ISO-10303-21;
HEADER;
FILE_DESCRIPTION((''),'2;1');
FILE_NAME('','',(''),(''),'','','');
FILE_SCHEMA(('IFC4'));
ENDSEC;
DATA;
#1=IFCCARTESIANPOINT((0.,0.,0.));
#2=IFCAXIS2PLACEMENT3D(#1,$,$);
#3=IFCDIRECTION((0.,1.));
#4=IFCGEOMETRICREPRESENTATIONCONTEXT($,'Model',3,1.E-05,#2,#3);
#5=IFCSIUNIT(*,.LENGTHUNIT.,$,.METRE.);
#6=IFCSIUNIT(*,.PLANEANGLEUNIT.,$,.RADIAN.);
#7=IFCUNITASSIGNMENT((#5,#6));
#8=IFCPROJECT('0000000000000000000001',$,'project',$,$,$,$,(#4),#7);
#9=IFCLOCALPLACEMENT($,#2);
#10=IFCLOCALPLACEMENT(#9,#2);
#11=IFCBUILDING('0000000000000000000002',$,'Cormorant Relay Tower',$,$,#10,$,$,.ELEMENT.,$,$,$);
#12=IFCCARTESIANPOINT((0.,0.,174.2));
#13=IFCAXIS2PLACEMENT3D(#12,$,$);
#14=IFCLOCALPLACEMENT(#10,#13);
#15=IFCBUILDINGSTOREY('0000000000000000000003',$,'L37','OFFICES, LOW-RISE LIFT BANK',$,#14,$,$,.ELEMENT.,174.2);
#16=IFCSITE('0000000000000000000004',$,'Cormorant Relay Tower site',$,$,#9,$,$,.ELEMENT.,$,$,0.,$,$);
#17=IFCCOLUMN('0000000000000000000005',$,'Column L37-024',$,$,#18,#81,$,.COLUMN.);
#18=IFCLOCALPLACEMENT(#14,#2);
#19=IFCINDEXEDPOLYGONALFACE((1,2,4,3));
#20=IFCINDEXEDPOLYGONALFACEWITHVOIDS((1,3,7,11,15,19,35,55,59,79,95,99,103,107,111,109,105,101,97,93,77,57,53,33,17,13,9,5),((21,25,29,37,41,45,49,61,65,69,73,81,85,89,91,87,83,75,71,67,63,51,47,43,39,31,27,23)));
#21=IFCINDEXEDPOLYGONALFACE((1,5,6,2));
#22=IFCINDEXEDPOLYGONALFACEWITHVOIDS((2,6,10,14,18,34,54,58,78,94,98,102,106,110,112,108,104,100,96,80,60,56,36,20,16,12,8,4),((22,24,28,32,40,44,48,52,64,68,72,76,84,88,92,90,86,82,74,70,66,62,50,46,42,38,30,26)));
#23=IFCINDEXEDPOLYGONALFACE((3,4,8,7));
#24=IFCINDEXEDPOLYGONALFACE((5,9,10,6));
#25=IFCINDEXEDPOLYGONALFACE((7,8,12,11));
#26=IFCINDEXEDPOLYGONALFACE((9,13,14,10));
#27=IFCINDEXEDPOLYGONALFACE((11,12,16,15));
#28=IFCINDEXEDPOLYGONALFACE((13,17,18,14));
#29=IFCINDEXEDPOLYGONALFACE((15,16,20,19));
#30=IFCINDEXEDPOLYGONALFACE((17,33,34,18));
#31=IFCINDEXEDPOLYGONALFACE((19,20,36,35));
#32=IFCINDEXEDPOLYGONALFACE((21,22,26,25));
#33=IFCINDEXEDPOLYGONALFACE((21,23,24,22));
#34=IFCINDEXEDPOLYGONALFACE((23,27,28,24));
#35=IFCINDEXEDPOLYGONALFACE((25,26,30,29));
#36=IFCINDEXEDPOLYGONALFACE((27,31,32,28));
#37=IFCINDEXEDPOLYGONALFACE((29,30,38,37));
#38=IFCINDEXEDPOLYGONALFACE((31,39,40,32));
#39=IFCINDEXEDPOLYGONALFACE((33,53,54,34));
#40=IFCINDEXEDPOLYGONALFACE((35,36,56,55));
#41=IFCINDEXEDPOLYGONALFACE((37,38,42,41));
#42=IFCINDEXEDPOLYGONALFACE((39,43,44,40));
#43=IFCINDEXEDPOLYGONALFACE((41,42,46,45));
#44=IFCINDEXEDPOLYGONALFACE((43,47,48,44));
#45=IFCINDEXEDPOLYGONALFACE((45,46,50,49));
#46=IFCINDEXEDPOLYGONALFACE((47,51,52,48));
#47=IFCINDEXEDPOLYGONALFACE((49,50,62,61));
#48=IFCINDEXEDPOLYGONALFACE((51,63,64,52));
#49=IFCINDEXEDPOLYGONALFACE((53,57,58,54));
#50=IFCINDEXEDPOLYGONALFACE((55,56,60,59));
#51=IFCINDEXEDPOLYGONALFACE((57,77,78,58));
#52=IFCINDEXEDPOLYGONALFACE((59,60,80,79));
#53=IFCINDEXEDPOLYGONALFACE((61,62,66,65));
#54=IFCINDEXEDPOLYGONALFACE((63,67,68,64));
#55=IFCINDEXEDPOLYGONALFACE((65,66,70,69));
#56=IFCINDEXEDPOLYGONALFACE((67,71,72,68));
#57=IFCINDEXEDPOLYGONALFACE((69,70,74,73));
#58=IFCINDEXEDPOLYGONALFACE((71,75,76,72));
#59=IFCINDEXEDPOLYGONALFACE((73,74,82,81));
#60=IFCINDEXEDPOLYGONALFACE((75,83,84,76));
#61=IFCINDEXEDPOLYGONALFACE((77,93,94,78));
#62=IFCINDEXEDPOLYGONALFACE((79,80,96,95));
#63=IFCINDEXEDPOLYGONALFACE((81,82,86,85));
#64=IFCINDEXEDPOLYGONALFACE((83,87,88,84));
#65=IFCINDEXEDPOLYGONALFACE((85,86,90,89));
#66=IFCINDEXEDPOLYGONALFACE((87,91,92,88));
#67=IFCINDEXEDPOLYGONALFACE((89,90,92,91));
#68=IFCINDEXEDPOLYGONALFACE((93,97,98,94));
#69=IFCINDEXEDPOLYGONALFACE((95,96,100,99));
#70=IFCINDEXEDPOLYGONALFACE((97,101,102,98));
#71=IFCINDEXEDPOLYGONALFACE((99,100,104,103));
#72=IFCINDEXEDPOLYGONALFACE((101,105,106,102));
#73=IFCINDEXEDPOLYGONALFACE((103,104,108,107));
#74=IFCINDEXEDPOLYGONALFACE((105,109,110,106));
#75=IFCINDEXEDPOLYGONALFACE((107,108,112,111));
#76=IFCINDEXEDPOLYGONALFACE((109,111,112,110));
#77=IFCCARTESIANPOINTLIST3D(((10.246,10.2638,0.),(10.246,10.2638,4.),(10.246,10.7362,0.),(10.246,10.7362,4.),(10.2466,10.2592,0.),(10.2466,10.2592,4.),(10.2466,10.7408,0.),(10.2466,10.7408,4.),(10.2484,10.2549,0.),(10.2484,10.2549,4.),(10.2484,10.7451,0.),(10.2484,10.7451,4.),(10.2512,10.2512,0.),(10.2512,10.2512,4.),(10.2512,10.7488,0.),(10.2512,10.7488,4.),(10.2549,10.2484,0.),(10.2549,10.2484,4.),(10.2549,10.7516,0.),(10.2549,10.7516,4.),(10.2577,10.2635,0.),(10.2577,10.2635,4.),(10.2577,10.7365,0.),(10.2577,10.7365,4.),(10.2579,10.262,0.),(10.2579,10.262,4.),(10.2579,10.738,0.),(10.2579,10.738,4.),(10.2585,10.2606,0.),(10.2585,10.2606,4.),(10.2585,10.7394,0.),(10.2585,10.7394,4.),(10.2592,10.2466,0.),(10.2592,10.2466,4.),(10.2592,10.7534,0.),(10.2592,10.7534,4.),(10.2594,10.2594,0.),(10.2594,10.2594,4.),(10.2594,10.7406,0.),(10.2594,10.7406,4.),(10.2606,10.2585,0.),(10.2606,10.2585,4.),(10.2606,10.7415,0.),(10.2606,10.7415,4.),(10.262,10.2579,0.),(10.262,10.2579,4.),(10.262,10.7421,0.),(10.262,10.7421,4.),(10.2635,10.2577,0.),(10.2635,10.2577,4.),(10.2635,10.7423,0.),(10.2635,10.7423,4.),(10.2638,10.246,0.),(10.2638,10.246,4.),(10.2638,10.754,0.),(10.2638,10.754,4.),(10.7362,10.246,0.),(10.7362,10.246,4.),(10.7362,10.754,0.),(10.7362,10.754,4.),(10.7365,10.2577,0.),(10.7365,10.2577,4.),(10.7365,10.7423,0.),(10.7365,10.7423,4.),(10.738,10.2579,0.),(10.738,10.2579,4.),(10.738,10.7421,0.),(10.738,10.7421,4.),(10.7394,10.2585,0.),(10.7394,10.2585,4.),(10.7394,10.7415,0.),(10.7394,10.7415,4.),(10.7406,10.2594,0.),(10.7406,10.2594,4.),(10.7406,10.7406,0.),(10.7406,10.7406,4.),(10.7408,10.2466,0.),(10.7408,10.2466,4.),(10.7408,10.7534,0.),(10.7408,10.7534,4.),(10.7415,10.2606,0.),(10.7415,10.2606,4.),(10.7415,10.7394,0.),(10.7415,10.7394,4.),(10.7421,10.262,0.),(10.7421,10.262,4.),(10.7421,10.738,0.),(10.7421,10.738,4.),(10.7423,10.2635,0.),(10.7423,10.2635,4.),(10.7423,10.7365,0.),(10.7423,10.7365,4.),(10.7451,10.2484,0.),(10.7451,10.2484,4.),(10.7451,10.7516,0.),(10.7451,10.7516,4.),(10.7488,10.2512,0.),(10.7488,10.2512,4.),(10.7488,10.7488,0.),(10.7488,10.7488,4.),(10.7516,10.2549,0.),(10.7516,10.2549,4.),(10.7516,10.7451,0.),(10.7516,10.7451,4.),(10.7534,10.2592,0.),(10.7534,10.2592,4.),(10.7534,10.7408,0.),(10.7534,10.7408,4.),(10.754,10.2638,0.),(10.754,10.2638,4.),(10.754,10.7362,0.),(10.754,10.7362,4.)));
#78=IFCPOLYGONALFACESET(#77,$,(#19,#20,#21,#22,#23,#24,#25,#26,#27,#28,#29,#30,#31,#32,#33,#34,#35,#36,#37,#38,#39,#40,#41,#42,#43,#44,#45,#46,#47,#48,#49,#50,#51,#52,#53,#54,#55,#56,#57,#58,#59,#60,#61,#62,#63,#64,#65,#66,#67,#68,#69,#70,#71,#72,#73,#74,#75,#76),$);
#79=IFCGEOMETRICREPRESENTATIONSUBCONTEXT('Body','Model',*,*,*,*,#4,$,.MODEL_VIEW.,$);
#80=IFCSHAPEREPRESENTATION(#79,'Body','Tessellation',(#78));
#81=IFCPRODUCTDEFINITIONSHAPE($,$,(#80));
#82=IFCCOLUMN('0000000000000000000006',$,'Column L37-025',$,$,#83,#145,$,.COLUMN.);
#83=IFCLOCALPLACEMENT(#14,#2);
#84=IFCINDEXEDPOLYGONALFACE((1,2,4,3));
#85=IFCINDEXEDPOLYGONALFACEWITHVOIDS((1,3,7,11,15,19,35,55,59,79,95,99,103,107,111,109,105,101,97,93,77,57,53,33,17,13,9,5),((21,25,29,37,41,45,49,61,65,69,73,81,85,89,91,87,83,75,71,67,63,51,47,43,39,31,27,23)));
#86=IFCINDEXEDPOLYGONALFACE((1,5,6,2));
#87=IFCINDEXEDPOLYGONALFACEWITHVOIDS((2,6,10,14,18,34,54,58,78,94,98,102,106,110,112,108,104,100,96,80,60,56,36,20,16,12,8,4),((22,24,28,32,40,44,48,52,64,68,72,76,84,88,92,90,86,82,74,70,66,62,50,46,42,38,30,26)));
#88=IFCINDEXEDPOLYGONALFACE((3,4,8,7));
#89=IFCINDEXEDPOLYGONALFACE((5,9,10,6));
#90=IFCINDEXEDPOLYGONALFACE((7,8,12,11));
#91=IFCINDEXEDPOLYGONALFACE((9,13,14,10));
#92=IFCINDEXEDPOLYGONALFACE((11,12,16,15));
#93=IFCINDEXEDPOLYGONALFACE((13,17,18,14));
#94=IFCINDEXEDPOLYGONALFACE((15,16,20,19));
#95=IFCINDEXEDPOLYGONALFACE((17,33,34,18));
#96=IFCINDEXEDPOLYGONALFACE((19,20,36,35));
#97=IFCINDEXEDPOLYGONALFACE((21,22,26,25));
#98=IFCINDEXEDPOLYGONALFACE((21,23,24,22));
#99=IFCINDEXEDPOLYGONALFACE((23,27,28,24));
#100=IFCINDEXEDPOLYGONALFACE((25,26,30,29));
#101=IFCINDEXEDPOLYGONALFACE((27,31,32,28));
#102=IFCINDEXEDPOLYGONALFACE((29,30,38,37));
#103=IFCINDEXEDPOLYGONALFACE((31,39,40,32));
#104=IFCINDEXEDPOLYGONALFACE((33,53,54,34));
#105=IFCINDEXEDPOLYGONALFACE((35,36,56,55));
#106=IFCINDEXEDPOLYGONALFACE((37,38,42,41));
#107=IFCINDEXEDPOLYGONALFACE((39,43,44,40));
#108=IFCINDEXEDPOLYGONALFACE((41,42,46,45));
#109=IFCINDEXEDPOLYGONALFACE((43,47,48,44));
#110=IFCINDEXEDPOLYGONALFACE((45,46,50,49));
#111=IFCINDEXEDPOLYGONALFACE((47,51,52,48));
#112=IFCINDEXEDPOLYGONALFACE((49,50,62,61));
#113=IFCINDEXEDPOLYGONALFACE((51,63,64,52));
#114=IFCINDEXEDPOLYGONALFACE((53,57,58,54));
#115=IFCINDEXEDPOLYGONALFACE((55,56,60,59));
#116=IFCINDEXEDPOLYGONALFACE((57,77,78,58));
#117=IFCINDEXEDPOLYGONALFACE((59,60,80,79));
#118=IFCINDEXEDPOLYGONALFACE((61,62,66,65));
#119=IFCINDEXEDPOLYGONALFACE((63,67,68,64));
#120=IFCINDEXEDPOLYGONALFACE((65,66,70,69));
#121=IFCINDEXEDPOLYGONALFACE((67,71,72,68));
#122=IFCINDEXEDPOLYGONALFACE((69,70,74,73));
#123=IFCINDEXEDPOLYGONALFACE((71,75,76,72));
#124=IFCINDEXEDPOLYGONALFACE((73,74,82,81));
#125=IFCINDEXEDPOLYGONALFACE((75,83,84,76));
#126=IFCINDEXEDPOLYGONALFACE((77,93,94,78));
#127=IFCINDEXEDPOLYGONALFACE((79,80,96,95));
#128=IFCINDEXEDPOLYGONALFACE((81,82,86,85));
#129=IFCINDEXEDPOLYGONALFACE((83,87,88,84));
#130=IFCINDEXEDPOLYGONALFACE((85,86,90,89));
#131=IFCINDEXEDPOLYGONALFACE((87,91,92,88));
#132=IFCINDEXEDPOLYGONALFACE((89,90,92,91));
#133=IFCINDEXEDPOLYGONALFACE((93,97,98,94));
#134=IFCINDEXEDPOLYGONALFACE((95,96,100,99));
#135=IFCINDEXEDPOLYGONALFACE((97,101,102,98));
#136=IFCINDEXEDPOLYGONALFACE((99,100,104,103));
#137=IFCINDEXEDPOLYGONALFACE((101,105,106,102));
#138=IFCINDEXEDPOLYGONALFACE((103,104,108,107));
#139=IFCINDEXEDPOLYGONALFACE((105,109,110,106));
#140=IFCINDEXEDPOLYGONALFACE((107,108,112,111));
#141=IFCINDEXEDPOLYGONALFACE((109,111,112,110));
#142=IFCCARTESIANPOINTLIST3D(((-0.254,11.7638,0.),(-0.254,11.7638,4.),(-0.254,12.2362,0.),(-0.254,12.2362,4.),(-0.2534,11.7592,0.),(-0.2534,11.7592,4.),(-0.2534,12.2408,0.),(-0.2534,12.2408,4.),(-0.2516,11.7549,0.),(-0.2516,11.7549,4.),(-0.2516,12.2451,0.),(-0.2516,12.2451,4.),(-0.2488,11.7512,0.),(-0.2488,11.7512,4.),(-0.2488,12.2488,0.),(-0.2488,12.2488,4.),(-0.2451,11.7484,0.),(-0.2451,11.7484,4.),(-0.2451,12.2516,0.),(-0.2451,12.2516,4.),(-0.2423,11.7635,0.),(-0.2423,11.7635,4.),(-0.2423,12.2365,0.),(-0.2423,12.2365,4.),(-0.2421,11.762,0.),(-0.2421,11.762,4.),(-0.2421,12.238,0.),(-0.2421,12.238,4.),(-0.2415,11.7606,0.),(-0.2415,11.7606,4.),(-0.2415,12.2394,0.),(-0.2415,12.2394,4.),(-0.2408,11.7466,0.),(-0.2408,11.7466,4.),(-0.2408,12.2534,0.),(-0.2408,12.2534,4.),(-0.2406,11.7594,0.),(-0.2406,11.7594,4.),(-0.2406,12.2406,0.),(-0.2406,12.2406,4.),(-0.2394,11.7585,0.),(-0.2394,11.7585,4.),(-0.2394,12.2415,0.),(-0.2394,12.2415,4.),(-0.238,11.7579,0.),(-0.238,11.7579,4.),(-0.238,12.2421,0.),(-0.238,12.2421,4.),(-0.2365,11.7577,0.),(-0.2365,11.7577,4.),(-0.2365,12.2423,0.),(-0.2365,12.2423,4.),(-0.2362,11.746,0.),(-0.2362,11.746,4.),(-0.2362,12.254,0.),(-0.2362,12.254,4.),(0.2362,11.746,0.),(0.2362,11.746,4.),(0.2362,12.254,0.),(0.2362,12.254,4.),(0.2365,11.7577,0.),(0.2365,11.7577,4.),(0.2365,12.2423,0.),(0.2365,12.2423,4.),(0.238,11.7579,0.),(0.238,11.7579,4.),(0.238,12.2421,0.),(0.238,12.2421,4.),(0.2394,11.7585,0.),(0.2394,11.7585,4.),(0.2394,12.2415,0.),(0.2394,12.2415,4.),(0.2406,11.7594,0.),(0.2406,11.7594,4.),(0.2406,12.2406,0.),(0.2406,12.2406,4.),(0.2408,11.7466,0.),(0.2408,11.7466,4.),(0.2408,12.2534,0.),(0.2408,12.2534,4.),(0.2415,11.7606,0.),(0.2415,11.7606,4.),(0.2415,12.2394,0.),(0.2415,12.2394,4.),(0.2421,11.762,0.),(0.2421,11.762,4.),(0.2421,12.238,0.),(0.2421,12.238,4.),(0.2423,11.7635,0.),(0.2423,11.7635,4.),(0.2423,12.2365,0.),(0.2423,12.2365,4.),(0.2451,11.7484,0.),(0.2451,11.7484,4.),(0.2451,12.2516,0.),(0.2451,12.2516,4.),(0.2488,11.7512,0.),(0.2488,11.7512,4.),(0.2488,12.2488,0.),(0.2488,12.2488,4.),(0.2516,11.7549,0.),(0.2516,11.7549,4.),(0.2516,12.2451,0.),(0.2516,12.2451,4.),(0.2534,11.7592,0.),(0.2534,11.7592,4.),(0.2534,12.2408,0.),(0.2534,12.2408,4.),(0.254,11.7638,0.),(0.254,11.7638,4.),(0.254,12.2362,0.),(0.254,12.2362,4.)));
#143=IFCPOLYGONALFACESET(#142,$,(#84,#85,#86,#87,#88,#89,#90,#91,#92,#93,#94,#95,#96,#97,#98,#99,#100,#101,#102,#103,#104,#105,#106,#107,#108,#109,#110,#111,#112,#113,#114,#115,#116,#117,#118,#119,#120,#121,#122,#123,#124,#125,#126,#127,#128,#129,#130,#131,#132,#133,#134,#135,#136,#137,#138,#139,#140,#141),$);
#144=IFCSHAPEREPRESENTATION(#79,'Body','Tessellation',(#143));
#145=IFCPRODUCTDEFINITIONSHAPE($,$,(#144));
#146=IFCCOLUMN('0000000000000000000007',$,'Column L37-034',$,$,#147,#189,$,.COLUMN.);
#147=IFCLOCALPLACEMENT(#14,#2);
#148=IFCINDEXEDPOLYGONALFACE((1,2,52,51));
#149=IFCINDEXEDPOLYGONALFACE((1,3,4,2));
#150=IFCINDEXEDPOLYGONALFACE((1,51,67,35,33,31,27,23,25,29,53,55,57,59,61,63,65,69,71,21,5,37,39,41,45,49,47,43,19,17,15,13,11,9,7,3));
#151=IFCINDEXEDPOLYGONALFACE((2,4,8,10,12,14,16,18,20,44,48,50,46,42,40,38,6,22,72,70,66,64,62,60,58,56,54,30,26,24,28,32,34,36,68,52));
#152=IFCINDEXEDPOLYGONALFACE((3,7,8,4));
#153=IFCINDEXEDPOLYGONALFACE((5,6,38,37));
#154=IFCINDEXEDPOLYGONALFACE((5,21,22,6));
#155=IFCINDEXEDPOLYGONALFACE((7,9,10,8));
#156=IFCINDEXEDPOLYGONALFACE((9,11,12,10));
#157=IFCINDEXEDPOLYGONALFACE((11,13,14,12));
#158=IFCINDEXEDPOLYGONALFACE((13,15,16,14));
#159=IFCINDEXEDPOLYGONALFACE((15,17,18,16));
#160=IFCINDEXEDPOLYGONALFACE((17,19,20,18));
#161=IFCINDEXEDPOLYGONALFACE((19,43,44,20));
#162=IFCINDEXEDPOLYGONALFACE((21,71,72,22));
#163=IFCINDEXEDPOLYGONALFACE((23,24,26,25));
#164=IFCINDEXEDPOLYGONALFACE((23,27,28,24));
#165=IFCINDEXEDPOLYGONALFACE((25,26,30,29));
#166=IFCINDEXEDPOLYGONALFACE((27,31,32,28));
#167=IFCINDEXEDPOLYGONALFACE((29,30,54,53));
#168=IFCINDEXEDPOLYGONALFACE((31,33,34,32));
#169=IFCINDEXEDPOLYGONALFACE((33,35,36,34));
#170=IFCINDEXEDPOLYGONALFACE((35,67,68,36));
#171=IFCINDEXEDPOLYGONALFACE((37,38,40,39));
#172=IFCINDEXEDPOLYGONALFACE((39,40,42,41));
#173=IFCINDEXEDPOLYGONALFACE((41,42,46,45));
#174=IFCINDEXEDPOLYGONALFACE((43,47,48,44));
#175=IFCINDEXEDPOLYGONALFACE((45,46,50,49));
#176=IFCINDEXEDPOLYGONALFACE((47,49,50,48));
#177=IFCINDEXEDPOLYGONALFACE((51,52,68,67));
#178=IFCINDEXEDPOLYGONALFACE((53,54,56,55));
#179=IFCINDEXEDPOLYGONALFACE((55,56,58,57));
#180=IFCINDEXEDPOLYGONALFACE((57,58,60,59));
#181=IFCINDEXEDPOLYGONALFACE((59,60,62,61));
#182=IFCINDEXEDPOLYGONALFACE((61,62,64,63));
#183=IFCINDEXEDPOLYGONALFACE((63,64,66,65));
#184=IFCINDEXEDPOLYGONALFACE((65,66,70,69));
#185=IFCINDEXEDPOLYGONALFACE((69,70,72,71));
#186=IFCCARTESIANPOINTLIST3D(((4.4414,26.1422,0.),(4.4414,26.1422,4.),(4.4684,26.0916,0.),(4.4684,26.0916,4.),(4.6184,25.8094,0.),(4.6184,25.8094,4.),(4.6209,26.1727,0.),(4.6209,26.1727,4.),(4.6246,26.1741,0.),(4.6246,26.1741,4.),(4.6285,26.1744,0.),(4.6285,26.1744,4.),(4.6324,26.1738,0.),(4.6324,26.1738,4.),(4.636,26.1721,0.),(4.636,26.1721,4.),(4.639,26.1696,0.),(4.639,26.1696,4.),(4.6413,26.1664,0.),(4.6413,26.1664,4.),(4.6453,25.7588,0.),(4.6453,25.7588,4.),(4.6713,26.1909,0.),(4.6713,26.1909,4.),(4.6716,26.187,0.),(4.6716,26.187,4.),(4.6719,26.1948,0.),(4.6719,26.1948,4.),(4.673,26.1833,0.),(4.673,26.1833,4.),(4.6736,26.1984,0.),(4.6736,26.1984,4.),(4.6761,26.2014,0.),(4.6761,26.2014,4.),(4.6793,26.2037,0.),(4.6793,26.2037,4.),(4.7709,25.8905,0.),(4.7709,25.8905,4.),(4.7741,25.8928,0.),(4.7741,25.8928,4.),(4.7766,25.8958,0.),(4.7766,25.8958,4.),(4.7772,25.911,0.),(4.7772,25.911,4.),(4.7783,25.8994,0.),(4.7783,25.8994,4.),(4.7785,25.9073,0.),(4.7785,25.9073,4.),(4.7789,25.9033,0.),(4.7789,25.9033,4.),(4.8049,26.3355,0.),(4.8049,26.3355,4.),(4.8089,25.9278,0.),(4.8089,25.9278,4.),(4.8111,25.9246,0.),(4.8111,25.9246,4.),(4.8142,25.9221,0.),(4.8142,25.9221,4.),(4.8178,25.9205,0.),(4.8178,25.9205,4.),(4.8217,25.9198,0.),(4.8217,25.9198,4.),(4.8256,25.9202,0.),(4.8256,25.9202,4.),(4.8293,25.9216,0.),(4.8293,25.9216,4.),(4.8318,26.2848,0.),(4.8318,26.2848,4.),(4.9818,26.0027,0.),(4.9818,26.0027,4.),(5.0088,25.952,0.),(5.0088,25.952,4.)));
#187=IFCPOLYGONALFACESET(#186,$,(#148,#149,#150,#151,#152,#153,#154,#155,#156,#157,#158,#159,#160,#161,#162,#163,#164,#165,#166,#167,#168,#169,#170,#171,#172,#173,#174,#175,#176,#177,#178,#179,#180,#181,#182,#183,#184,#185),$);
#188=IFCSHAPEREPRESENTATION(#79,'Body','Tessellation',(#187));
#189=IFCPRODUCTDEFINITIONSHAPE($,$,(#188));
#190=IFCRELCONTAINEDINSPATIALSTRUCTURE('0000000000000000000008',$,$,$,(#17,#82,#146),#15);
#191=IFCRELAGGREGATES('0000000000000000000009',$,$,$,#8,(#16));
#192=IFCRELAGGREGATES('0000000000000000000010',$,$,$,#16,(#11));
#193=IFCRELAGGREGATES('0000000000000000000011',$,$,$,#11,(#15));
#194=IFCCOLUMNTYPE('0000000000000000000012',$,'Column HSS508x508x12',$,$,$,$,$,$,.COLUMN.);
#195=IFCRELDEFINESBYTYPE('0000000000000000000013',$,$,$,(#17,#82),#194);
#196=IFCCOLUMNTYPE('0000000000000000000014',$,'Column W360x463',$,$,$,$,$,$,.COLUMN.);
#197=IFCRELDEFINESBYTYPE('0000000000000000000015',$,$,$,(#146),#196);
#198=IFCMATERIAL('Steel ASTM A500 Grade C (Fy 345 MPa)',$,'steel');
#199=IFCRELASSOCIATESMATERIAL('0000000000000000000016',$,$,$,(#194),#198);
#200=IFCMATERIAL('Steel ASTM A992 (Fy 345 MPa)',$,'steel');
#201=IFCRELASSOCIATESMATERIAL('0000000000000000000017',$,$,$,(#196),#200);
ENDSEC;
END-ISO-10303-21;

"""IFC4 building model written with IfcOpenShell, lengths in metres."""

from ifc_helpers import new_model, si_unit, direction, frame, origin, origin_2d, place, context, subcontext, project, spatial, hollow_rectangle, i_section, extrude, material, material_profile, profile_set, type_object, element, save


model = new_model("IFC4")

# Units and contexts
model_context = context("Model", 3, precision=1e-05, world=origin(), true_north=direction((0.0, 1.0)))
body_context = subcontext(model_context, "Body", "Model", "MODEL_VIEW")
ifc_project = project(units=[si_unit("LENGTHUNIT", "METRE"), si_unit("PLANEANGLEUNIT", "RADIAN")], contexts=[model_context])

# Site, building, storey
site_placement = place(None, origin())
site = spatial("IfcSite", under=ifc_project, at=site_placement, Name="Cormorant Relay Tower site", CompositionType="ELEMENT", RefElevation=0.0)
building_placement = place(site_placement, origin())
building = spatial("IfcBuilding", under=site, at=building_placement, Name="Cormorant Relay Tower", CompositionType="ELEMENT")
storey_placement = place(building_placement, frame((0.0, 0.0, 174.2)))
storey = spatial("IfcBuildingStorey", under=building, at=storey_placement, Name="L37", Description="OFFICES, LOW-RISE LIFT BANK", CompositionType="ELEMENT", Elevation=174.2)

# Columns
ifc_material_1 = material(Name="Steel ASTM A500 Grade C (Fy 345 MPa)", Category="steel")
ifc_material_profile_1 = material_profile(ifc_material_1, hollow_rectangle(XDim=0.5081, YDim=0.5081, WallThickness=0.0117, InnerFilletRadius=0.0059, OuterFilletRadius=0.0178, at=origin_2d()), Name="HSS508x508x12")
ifc_profile_set_1 = profile_set([ifc_material_profile_1], Name="Steel ASTM A500 Grade C (Fy 345 MPa)")
column_type_1 = type_object("IfcColumnType", Name="Column HSS508x508x12", PredefinedType="COLUMN", material=ifc_profile_set_1)
for number, where, z_axis, x_axis, name in (
    (1, (10.5, 10.5, 0.0), (0.0, 0.0, 1.0), (1.0, 0.0, 0.0), "Column L37-024"),
    (2, (0.0, 12.0, 0.0), (0.0, 0.0, 1.0), (1.0, 0.0, 0.0), "Column L37-025"),
):
    element("IfcColumn", number, at=place(storey_placement, frame(where, z_axis=z_axis, x_axis=x_axis)), inside=storey, type_object=column_type_1, Name=name, PredefinedType="COLUMN", context=body_context, shape_type="SweptSolid", body=[
        extrude(hollow_rectangle(XDim=0.5081, YDim=0.5081, WallThickness=0.0117, InnerFilletRadius=0.0059, OuterFilletRadius=0.0178, at=origin_2d()), origin(), (0.0, 0.0, 1.0), 4.0),
    ])
ifc_material_2 = material(Name="Steel ASTM A992 (Fy 345 MPa)", Category="steel")
ifc_material_profile_2 = material_profile(ifc_material_2, i_section(OverallWidth=0.4116, OverallDepth=0.4343, WebThickness=0.0359, FlangeThickness=0.0574, FilletRadius=0.0151, at=origin_2d()), Name="W360x463")
ifc_profile_set_2 = profile_set([ifc_material_profile_2], Name="Steel ASTM A992 (Fy 345 MPa)")
column_type_2 = type_object("IfcColumnType", Name="Column W360x463", PredefinedType="COLUMN", material=ifc_profile_set_2)
for number, where, z_axis, x_axis, name in (
    (3, (4.7251, 26.0471, 0.0), (0.0, 0.0, 1.0), (-0.882948, -0.469472, 0.0), "Column L37-034"),
):
    element("IfcColumn", number, at=place(storey_placement, frame(where, z_axis=z_axis, x_axis=x_axis)), inside=storey, type_object=column_type_2, Name=name, PredefinedType="COLUMN", context=body_context, shape_type="SweptSolid", body=[
        extrude(i_section(OverallWidth=0.4116, OverallDepth=0.4343, WebThickness=0.0359, FlangeThickness=0.0574, FilletRadius=0.0151, at=origin_2d()), origin(), (0.0, 0.0, 1.0), 4.0),
    ])

save(model, "model.ifc")
